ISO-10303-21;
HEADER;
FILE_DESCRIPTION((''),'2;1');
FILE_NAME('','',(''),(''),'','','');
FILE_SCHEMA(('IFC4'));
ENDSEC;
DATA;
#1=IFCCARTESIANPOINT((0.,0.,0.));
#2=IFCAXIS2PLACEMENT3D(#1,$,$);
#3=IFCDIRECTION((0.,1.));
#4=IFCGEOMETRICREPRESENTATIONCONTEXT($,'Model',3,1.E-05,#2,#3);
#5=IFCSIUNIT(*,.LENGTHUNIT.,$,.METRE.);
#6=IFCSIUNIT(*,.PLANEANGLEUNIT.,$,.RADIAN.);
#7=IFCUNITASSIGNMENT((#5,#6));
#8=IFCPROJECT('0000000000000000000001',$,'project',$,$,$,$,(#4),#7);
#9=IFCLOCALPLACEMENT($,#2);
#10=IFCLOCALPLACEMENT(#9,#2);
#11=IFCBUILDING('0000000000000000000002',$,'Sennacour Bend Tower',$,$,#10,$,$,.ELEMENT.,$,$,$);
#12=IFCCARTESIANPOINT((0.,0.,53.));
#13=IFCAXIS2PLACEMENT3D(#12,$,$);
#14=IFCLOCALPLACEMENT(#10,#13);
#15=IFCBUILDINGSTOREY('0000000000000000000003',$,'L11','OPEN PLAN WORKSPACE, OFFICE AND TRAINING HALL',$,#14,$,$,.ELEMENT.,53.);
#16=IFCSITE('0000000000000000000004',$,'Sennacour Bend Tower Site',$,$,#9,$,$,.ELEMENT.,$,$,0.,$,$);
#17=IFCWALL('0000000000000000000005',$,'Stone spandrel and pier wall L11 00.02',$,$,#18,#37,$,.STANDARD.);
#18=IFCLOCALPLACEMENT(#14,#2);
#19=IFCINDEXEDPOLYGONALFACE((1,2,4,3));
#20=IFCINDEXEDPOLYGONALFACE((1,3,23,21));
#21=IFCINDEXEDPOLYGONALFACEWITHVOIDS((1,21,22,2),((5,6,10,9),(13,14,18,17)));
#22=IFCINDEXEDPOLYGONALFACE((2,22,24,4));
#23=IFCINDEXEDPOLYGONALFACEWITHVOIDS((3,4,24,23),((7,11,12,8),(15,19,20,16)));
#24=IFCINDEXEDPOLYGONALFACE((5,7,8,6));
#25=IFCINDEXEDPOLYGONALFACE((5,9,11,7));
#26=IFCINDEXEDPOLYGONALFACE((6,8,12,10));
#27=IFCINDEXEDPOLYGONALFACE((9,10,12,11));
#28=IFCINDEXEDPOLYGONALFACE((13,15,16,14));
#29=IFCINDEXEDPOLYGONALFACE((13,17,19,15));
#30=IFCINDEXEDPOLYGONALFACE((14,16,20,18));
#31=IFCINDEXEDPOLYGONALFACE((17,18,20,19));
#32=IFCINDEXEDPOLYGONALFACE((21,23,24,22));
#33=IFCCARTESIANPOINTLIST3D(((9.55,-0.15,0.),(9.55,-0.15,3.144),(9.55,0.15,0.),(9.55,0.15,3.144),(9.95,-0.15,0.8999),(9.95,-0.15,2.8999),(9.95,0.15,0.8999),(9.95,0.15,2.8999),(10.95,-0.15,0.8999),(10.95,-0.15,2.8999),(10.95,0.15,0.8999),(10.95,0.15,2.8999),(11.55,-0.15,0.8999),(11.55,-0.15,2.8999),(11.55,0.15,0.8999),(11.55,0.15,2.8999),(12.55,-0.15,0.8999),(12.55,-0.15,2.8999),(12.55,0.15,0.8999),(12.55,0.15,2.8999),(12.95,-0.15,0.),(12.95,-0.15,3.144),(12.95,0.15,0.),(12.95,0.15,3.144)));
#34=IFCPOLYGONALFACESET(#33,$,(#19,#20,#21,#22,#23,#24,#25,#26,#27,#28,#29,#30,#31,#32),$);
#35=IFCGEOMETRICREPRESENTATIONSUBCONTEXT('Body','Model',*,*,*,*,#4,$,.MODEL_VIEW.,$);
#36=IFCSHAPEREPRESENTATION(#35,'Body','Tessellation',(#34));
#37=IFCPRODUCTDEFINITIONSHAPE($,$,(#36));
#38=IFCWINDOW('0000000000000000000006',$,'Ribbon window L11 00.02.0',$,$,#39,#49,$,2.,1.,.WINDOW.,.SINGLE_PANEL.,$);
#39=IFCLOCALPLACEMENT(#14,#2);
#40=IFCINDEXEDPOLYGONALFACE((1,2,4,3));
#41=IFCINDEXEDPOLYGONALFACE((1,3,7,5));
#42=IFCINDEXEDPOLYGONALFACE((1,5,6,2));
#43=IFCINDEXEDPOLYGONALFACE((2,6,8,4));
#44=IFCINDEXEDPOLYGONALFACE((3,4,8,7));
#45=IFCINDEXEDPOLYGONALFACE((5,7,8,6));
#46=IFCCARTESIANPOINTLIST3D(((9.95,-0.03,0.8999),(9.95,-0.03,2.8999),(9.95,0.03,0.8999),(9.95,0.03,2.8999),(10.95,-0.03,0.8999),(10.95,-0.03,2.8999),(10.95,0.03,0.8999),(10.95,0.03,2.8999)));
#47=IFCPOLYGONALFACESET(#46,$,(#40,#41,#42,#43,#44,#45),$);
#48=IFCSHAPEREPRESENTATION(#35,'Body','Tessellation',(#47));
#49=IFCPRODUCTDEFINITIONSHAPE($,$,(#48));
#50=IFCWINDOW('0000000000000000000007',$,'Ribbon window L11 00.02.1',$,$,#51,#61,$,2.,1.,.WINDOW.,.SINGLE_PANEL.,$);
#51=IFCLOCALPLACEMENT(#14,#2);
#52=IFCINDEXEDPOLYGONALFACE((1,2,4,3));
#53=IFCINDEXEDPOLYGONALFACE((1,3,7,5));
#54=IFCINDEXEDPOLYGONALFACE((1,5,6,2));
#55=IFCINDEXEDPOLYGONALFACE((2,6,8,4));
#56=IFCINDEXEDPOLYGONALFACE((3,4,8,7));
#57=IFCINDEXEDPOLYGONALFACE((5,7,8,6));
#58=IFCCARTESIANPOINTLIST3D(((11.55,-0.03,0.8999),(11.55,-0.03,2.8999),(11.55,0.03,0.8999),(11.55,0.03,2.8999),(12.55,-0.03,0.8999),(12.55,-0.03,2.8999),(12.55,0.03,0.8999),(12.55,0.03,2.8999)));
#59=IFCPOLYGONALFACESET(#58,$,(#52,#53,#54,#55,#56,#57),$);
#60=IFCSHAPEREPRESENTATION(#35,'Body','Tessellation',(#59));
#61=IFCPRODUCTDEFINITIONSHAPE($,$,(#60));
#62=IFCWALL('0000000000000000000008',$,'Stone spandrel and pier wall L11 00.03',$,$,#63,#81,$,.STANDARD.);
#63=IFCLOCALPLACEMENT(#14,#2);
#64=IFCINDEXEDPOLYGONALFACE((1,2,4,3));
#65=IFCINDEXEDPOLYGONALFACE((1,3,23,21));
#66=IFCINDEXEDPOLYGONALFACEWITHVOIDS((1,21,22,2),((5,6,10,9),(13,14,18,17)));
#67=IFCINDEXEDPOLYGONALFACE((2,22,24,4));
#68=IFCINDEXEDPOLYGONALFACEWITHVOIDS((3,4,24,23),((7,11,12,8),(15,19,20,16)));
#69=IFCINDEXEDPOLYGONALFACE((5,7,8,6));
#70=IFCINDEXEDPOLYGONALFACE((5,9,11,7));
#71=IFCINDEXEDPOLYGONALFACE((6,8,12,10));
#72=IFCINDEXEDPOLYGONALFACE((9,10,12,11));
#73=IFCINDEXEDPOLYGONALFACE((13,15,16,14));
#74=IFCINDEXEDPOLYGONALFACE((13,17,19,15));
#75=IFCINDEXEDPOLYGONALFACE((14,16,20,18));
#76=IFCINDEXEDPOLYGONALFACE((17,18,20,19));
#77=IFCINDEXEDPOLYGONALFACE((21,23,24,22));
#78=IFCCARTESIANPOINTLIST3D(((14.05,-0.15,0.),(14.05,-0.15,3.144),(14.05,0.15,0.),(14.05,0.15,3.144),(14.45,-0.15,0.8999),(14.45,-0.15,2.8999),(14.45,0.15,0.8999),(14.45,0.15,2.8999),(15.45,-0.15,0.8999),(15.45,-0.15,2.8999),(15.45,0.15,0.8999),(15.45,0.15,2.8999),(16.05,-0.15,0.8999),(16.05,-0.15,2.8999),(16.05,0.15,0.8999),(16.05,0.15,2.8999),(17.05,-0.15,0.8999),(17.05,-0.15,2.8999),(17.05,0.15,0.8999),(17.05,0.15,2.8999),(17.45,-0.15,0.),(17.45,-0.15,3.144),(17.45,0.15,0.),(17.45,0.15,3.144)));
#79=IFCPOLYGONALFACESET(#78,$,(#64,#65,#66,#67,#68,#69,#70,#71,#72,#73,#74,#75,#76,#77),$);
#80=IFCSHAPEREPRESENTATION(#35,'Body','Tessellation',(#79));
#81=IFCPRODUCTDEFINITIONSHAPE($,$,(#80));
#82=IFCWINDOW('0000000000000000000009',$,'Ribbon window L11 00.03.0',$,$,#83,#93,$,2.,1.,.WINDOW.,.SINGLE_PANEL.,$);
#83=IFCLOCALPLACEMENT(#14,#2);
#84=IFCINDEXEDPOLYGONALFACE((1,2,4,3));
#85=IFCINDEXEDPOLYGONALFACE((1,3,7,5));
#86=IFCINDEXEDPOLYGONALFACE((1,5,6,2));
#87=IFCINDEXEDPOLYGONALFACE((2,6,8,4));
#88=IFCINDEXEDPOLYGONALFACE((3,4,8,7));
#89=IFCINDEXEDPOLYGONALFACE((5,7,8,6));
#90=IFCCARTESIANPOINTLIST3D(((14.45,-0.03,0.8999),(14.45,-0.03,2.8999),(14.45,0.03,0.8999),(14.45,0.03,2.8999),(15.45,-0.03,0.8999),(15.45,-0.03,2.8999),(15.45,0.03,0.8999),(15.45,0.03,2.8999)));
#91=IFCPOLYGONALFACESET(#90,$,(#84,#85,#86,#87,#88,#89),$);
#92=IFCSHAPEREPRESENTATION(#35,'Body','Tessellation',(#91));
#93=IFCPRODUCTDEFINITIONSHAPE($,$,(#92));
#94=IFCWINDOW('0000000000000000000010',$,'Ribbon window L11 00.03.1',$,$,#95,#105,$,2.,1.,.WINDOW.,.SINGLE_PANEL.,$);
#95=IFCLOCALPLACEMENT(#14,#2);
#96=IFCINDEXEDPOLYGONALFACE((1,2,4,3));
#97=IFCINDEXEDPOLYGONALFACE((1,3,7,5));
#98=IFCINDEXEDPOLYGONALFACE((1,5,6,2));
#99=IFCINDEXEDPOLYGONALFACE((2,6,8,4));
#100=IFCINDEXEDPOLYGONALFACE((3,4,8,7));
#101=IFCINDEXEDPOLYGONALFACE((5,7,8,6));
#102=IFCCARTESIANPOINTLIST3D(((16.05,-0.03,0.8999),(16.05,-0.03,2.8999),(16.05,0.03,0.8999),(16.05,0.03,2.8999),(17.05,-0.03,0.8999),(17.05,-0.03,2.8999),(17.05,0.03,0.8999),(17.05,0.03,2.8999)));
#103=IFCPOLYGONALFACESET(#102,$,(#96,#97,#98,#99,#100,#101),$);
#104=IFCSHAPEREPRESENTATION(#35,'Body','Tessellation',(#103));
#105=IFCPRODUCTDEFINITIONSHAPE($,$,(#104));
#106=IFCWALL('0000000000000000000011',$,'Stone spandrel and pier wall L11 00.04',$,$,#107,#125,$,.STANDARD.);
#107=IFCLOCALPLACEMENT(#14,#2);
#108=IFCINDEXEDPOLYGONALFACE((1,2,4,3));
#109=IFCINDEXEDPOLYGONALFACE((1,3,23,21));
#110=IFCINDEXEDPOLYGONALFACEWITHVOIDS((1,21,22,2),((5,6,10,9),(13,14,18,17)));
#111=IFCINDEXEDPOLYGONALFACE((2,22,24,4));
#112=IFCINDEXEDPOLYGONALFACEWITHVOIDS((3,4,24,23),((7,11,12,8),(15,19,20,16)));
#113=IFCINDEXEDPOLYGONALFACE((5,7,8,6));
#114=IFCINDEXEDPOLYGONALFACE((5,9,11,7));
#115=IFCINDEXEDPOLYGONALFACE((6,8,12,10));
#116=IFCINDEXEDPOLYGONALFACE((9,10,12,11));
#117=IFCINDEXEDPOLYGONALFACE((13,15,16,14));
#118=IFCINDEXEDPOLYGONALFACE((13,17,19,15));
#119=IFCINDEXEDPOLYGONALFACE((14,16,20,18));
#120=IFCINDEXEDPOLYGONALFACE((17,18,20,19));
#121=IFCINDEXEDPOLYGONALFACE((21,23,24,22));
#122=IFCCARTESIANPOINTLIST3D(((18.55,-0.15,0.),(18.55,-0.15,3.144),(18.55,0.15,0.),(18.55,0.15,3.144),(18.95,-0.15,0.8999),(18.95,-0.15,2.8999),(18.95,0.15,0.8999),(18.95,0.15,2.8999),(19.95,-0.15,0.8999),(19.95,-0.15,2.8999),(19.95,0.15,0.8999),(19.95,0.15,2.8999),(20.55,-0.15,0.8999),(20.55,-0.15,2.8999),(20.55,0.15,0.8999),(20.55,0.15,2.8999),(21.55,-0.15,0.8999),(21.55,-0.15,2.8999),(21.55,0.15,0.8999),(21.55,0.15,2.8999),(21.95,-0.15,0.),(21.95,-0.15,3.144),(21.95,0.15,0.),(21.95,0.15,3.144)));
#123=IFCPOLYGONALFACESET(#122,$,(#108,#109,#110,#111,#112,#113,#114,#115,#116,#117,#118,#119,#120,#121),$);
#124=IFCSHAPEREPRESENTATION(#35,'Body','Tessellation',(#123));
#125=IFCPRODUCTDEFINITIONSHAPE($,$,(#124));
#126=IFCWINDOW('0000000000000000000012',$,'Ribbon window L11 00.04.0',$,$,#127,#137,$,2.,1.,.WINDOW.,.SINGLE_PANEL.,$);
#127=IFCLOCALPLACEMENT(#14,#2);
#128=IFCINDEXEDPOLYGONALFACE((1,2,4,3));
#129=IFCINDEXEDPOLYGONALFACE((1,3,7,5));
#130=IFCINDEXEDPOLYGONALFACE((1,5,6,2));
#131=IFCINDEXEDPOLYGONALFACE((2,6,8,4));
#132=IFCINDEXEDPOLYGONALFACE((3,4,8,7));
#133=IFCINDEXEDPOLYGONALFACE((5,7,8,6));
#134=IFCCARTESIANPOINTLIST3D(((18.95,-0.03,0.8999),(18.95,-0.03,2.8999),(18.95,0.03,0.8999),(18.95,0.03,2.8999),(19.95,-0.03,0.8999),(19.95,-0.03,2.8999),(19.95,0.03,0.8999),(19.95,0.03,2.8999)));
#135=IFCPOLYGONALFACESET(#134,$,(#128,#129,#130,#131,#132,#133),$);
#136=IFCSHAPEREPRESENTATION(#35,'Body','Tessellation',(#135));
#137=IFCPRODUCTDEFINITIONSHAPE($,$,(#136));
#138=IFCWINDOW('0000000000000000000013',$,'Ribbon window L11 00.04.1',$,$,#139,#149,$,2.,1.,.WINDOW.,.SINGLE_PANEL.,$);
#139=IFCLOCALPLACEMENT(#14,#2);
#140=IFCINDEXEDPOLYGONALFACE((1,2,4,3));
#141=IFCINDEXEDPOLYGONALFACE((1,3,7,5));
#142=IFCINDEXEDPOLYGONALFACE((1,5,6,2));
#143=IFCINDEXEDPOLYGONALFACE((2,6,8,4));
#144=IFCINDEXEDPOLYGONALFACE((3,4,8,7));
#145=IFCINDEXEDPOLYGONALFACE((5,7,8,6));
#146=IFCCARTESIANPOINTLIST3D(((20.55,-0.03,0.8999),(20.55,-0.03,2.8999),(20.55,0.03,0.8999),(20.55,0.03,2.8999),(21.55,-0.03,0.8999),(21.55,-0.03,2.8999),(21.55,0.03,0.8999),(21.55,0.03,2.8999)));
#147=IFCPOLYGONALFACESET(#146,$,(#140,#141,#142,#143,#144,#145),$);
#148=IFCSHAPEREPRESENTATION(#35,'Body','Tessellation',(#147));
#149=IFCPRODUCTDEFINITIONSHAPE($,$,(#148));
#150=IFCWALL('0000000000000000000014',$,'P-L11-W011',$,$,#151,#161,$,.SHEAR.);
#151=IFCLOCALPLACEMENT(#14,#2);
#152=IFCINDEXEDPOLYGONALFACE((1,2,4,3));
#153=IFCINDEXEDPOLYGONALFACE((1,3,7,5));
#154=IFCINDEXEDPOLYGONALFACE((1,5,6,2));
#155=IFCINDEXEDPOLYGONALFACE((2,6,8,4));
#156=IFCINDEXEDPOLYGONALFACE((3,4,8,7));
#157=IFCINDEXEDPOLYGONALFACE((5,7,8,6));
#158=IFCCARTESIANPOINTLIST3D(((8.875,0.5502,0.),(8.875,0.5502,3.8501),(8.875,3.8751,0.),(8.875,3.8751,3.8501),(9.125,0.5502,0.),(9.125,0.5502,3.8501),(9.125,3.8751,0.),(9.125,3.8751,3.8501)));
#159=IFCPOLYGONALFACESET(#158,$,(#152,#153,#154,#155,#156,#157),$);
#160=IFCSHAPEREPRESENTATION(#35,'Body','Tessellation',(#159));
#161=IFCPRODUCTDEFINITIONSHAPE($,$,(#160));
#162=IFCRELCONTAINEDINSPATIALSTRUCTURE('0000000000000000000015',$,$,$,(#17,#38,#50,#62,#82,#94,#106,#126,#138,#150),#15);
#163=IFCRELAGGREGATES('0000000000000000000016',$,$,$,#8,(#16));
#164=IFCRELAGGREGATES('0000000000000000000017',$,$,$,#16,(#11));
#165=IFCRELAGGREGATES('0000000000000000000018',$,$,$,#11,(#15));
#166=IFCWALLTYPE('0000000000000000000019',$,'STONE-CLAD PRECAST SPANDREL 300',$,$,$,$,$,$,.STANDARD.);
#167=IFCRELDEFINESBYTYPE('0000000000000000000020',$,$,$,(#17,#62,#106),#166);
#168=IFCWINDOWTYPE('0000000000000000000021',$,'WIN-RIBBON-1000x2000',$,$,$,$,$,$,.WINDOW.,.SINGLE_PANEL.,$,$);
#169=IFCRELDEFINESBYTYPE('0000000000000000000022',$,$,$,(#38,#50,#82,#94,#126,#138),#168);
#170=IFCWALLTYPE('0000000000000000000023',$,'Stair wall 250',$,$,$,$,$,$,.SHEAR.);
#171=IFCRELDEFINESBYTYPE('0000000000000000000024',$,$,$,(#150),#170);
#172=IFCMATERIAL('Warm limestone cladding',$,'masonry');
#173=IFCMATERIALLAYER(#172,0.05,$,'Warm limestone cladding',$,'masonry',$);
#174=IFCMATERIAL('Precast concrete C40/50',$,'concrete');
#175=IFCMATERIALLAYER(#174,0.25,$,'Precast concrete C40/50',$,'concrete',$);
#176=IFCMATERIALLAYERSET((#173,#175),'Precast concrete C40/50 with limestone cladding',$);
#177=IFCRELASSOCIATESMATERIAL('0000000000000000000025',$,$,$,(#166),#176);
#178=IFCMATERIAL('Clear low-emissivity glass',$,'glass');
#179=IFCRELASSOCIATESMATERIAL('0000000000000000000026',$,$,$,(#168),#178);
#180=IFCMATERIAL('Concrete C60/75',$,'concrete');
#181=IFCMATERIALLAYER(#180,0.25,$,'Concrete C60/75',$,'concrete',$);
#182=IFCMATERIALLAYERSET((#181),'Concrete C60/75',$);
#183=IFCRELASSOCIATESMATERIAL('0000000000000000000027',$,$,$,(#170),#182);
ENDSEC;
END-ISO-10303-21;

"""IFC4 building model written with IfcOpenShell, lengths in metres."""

from ifc_helpers import new_model, si_unit, direction, frame, frame_2d, origin, place, context, subcontext, project, spatial, rectangle, extrude, material, layer, layer_set, type_object, element, fill, save


model = new_model("IFC4")

# Units and contexts
model_context = context("Model", 3, precision=1e-05, world=origin(), true_north=direction((0.0, 1.0)))
body_context = subcontext(model_context, "Body", "Model", "MODEL_VIEW")
ifc_project = project(units=[si_unit("LENGTHUNIT", "METRE"), si_unit("PLANEANGLEUNIT", "RADIAN")], contexts=[model_context])

# Site, building, storey
site_placement = place(None, origin())
site = spatial("IfcSite", under=ifc_project, at=site_placement, Name="Sennacour Bend Tower Site", CompositionType="ELEMENT", RefElevation=0.0)
building_placement = place(site_placement, origin())
building = spatial("IfcBuilding", under=site, at=building_placement, Name="Sennacour Bend Tower", CompositionType="ELEMENT")
storey_placement = place(building_placement, frame((0.0, 0.0, 53.0)))
storey = spatial("IfcBuildingStorey", under=building, at=storey_placement, Name="L11", Description="OPEN PLAN WORKSPACE, OFFICE AND TRAINING HALL", CompositionType="ELEMENT", Elevation=53.0)

# Walls, openings, windows
ifc_material_1 = material(Name="Warm limestone cladding", Category="masonry")
ifc_layer_1 = layer(ifc_material_1, 0.05, Name="Warm limestone cladding", Category="masonry")
ifc_material_2 = material(Name="Precast concrete C40/50", Category="concrete")
ifc_layer_2 = layer(ifc_material_2, 0.25, Name="Precast concrete C40/50", Category="concrete")
ifc_layer_set_1 = layer_set([ifc_layer_1, ifc_layer_2], Name="Precast concrete C40/50 with limestone cladding")
wall_type_1 = type_object("IfcWallType", Name="STONE-CLAD PRECAST SPANDREL 300", PredefinedType="STANDARD", material=ifc_layer_set_1)
ifc_material_3 = material(Name="Clear low-emissivity glass", Category="glass")
window_type = type_object("IfcWindowType", Name="WIN-RIBBON-1000x2000", PartitioningType="SINGLE_PANEL", PredefinedType="WINDOW", material=ifc_material_3)
wall_1_placement = place(storey_placement, frame((9.55, 0.0, 0.0), z_axis=(0.0, 0.0, 1.0), x_axis=(1.0, 0.0, 0.0)))
wall_1 = element("IfcWall", 1, at=wall_1_placement, inside=storey, type_object=wall_type_1, Name="Stone spandrel and pier wall L11 00.02", PredefinedType="STANDARD", context=body_context, shape_type="SweptSolid", body=[
    extrude(rectangle(XDim=3.3999, YDim=0.3, at=frame_2d((1.7, 0.0))), origin(), (0.0, 0.0, 1.0), 3.144),
])
opening_1_placement = place(wall_1_placement, frame((0.3999, 0.0, 0.8999)))
opening_1 = element("IfcOpeningElement", 2, at=opening_1_placement, cuts=wall_1, PredefinedType="OPENING", context=body_context, shape_type="SweptSolid", body=[
    extrude(rectangle(XDim=1.0, YDim=2.0, at=frame_2d((0.5, 1.0))), frame((0.0, 0.1602, 0.0), z_axis=(0.0, -1.0, 0.0), x_axis=(1.0, 0.0, 0.0)), (0.0, 0.0, 1.0), 0.3201),
])
opening_2_placement = place(wall_1_placement, frame((2.0, 0.0, 0.8999)))
opening_2 = element("IfcOpeningElement", 3, at=opening_2_placement, cuts=wall_1, PredefinedType="OPENING", context=body_context, shape_type="SweptSolid", body=[
    extrude(rectangle(XDim=1.0, YDim=2.0, at=frame_2d((0.5, 1.0))), frame((0.0, 0.1602, 0.0), z_axis=(0.0, -1.0, 0.0), x_axis=(1.0, 0.0, 0.0)), (0.0, 0.0, 1.0), 0.3201),
])
window_1_placement = place(opening_1_placement, origin())
window_1 = element("IfcWindow", 4, at=window_1_placement, inside=storey, type_object=window_type, Name="Ribbon window L11 00.02.0", OverallHeight=2.0, OverallWidth=1.0, PartitioningType="SINGLE_PANEL", PredefinedType="WINDOW", context=body_context, shape_type="SweptSolid", body=[
    extrude(rectangle(XDim=1.0, YDim=2.0, at=frame_2d((0.5, 1.0))), frame((0.0, 0.03, 0.0), z_axis=(0.0, -1.0, 0.0), x_axis=(1.0, 0.0, 0.0)), (0.0, 0.0, 1.0), 0.0601),
])
fill(opening_1, window_1)
window_2_placement = place(opening_2_placement, origin())
window_2 = element("IfcWindow", 5, at=window_2_placement, inside=storey, type_object=window_type, Name="Ribbon window L11 00.02.1", OverallHeight=2.0, OverallWidth=1.0, PartitioningType="SINGLE_PANEL", PredefinedType="WINDOW", context=body_context, shape_type="SweptSolid", body=[
    extrude(rectangle(XDim=1.0, YDim=2.0, at=frame_2d((0.5, 1.0))), frame((0.0, 0.03, 0.0), z_axis=(0.0, -1.0, 0.0), x_axis=(1.0, 0.0, 0.0)), (0.0, 0.0, 1.0), 0.0601),
])
fill(opening_2, window_2)
wall_2_placement = place(storey_placement, frame((14.05, 0.0, 0.0), z_axis=(0.0, 0.0, 1.0), x_axis=(1.0, 0.0, 0.0)))
wall_2 = element("IfcWall", 6, at=wall_2_placement, inside=storey, type_object=wall_type_1, Name="Stone spandrel and pier wall L11 00.03", PredefinedType="STANDARD", context=body_context, shape_type="SweptSolid", body=[
    extrude(rectangle(XDim=3.3999, YDim=0.3, at=frame_2d((1.7, 0.0))), origin(), (0.0, 0.0, 1.0), 3.144),
])
opening_3_placement = place(wall_2_placement, frame((0.3999, 0.0, 0.8999)))
opening_3 = element("IfcOpeningElement", 7, at=opening_3_placement, cuts=wall_2, PredefinedType="OPENING", context=body_context, shape_type="SweptSolid", body=[
    extrude(rectangle(XDim=1.0, YDim=2.0, at=frame_2d((0.5, 1.0))), frame((0.0, 0.1602, 0.0), z_axis=(0.0, -1.0, 0.0), x_axis=(1.0, 0.0, 0.0)), (0.0, 0.0, 1.0), 0.3201),
])
opening_4_placement = place(wall_2_placement, frame((2.0, 0.0, 0.8999)))
opening_4 = element("IfcOpeningElement", 8, at=opening_4_placement, cuts=wall_2, PredefinedType="OPENING", context=body_context, shape_type="SweptSolid", body=[
    extrude(rectangle(XDim=1.0, YDim=2.0, at=frame_2d((0.5, 1.0))), frame((0.0, 0.1602, 0.0), z_axis=(0.0, -1.0, 0.0), x_axis=(1.0, 0.0, 0.0)), (0.0, 0.0, 1.0), 0.3201),
])
window_3_placement = place(opening_3_placement, origin())
window_3 = element("IfcWindow", 9, at=window_3_placement, inside=storey, type_object=window_type, Name="Ribbon window L11 00.03.0", OverallHeight=2.0, OverallWidth=1.0, PartitioningType="SINGLE_PANEL", PredefinedType="WINDOW", context=body_context, shape_type="SweptSolid", body=[
    extrude(rectangle(XDim=1.0, YDim=2.0, at=frame_2d((0.5, 1.0))), frame((0.0, 0.03, 0.0), z_axis=(0.0, -1.0, 0.0), x_axis=(1.0, 0.0, 0.0)), (0.0, 0.0, 1.0), 0.0601),
])
fill(opening_3, window_3)
window_4_placement = place(opening_4_placement, origin())
window_4 = element("IfcWindow", 10, at=window_4_placement, inside=storey, type_object=window_type, Name="Ribbon window L11 00.03.1", OverallHeight=2.0, OverallWidth=1.0, PartitioningType="SINGLE_PANEL", PredefinedType="WINDOW", context=body_context, shape_type="SweptSolid", body=[
    extrude(rectangle(XDim=1.0, YDim=2.0, at=frame_2d((0.5, 1.0))), frame((0.0, 0.03, 0.0), z_axis=(0.0, -1.0, 0.0), x_axis=(1.0, 0.0, 0.0)), (0.0, 0.0, 1.0), 0.0601),
])
fill(opening_4, window_4)
wall_3_placement = place(storey_placement, frame((18.55, 0.0, 0.0), z_axis=(0.0, 0.0, 1.0), x_axis=(1.0, 0.0, 0.0)))
wall_3 = element("IfcWall", 11, at=wall_3_placement, inside=storey, type_object=wall_type_1, Name="Stone spandrel and pier wall L11 00.04", PredefinedType="STANDARD", context=body_context, shape_type="SweptSolid", body=[
    extrude(rectangle(XDim=3.3999, YDim=0.3, at=frame_2d((1.7, 0.0))), origin(), (0.0, 0.0, 1.0), 3.144),
])
opening_5_placement = place(wall_3_placement, frame((0.3999, 0.0, 0.8999)))
opening_5 = element("IfcOpeningElement", 12, at=opening_5_placement, cuts=wall_3, PredefinedType="OPENING", context=body_context, shape_type="SweptSolid", body=[
    extrude(rectangle(XDim=1.0, YDim=2.0, at=frame_2d((0.5, 1.0))), frame((0.0, 0.1602, 0.0), z_axis=(0.0, -1.0, 0.0), x_axis=(1.0, 0.0, 0.0)), (0.0, 0.0, 1.0), 0.3201),
])
opening_6_placement = place(wall_3_placement, frame((2.0, 0.0, 0.8999)))
opening_6 = element("IfcOpeningElement", 13, at=opening_6_placement, cuts=wall_3, PredefinedType="OPENING", context=body_context, shape_type="SweptSolid", body=[
    extrude(rectangle(XDim=1.0, YDim=2.0, at=frame_2d((0.5, 1.0))), frame((0.0, 0.1602, 0.0), z_axis=(0.0, -1.0, 0.0), x_axis=(1.0, 0.0, 0.0)), (0.0, 0.0, 1.0), 0.3201),
])
window_5_placement = place(opening_5_placement, origin())
window_5 = element("IfcWindow", 14, at=window_5_placement, inside=storey, type_object=window_type, Name="Ribbon window L11 00.04.0", OverallHeight=2.0, OverallWidth=1.0, PartitioningType="SINGLE_PANEL", PredefinedType="WINDOW", context=body_context, shape_type="SweptSolid", body=[
    extrude(rectangle(XDim=1.0, YDim=2.0, at=frame_2d((0.5, 1.0))), frame((0.0, 0.03, 0.0), z_axis=(0.0, -1.0, 0.0), x_axis=(1.0, 0.0, 0.0)), (0.0, 0.0, 1.0), 0.0601),
])
fill(opening_5, window_5)
window_6_placement = place(opening_6_placement, origin())
window_6 = element("IfcWindow", 15, at=window_6_placement, inside=storey, type_object=window_type, Name="Ribbon window L11 00.04.1", OverallHeight=2.0, OverallWidth=1.0, PartitioningType="SINGLE_PANEL", PredefinedType="WINDOW", context=body_context, shape_type="SweptSolid", body=[
    extrude(rectangle(XDim=1.0, YDim=2.0, at=frame_2d((0.5, 1.0))), frame((0.0, 0.03, 0.0), z_axis=(0.0, -1.0, 0.0), x_axis=(1.0, 0.0, 0.0)), (0.0, 0.0, 1.0), 0.0601),
])
fill(opening_6, window_6)

# Wall
ifc_material_4 = material(Name="Concrete C60/75", Category="concrete")
ifc_layer_3 = layer(ifc_material_4, 0.25, Name="Concrete C60/75", Category="concrete")
ifc_layer_set_2 = layer_set([ifc_layer_3], Name="Concrete C60/75")
wall_type_2 = type_object("IfcWallType", Name="Stair wall 250", PredefinedType="SHEAR", material=ifc_layer_set_2)
wall_4_placement = place(storey_placement, frame((9.0, 0.55, 0.0), z_axis=(0.0, 0.0, 1.0), x_axis=(0.0, 1.0, 0.0)))
element("IfcWall", 16, at=wall_4_placement, inside=storey, type_object=wall_type_2, Name="P-L11-W011", PredefinedType="SHEAR", context=body_context, shape_type="SweptSolid", body=[
    extrude(rectangle(XDim=3.325, YDim=0.25, at=frame_2d((1.6626, 0.0))), origin(), (0.0, 0.0, 1.0), 3.8501),
])

save(model, "model.ifc")
